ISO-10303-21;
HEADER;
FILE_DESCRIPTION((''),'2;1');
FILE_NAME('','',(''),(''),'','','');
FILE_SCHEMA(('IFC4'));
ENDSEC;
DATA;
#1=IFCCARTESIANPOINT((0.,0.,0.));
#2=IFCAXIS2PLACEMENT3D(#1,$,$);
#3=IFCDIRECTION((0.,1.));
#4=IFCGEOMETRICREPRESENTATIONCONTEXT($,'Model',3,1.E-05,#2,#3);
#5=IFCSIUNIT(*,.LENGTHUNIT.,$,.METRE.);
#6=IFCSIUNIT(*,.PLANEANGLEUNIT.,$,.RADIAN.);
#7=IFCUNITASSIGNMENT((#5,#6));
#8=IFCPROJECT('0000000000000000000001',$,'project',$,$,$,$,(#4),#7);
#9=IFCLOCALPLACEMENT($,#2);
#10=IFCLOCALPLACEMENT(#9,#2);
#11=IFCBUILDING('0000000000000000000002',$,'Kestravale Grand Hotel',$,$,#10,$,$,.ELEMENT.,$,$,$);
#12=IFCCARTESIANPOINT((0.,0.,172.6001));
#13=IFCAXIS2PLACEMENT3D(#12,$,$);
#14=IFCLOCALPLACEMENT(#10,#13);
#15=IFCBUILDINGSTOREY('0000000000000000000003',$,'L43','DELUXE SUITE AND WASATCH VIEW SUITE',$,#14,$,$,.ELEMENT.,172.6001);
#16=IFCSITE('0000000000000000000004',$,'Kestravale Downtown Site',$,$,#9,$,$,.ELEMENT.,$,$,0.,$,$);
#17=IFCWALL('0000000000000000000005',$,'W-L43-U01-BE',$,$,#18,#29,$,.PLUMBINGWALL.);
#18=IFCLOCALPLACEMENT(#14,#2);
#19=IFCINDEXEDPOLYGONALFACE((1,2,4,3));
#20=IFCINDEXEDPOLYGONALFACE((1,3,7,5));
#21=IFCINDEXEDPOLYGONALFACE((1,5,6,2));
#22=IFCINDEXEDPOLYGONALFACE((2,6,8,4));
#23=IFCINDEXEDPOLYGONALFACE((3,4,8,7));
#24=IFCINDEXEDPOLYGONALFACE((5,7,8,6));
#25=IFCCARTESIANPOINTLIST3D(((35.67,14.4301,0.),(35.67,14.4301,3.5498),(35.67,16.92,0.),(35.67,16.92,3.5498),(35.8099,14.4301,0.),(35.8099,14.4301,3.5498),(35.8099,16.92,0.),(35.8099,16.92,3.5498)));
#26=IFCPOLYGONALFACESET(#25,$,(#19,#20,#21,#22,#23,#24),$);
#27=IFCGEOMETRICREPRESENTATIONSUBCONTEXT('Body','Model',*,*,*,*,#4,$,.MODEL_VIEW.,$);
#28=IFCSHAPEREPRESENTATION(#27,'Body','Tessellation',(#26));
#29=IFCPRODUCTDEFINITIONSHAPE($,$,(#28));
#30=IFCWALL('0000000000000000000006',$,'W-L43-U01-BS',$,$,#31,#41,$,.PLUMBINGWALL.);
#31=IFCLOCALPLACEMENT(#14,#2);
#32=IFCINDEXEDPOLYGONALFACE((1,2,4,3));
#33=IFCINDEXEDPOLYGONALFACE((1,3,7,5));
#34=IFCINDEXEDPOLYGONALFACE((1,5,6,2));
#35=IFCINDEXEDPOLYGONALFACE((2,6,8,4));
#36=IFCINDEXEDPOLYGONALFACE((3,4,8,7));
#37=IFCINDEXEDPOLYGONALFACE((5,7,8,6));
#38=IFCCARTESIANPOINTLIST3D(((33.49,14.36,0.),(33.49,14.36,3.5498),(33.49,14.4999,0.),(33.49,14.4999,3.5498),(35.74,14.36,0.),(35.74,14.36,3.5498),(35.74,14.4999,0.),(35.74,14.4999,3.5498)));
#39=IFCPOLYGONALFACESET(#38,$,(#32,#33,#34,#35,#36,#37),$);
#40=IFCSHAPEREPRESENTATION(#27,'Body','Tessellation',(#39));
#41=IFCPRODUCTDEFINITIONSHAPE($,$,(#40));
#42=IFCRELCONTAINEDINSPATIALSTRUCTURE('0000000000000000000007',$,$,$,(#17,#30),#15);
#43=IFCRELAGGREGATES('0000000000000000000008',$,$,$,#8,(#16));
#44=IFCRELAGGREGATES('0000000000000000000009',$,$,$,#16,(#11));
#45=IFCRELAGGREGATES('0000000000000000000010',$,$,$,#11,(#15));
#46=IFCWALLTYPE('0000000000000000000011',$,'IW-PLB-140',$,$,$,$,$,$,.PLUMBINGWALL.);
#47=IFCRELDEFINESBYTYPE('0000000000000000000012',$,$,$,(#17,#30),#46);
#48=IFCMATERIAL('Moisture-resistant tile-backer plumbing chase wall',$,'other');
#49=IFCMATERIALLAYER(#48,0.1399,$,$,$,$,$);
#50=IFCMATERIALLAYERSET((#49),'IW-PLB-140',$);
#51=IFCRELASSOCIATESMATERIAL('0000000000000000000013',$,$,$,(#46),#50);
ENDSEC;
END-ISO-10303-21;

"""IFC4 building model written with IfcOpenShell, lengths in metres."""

from ifc_helpers import new_model, si_unit, direction, frame, frame_2d, origin, place, context, subcontext, project, spatial, rectangle, extrude, material, layer, layer_set, type_object, element, save


model = new_model("IFC4")

# Units and contexts
model_context = context("Model", 3, precision=1e-05, world=origin(), true_north=direction((0.0, 1.0)))
body_context = subcontext(model_context, "Body", "Model", "MODEL_VIEW")
ifc_project = project(units=[si_unit("LENGTHUNIT", "METRE"), si_unit("PLANEANGLEUNIT", "RADIAN")], contexts=[model_context])

# Site, building, storey
site_placement = place(None, origin())
site = spatial("IfcSite", under=ifc_project, at=site_placement, Name="Kestravale Downtown Site", CompositionType="ELEMENT", RefElevation=0.0)
building_placement = place(site_placement, origin())
building = spatial("IfcBuilding", under=site, at=building_placement, Name="Kestravale Grand Hotel", CompositionType="ELEMENT")
storey_placement = place(building_placement, frame((0.0, 0.0, 172.6001)))
storey = spatial("IfcBuildingStorey", under=building, at=storey_placement, Name="L43", Description="DELUXE SUITE AND WASATCH VIEW SUITE", CompositionType="ELEMENT", Elevation=172.6001)

# Shared definitions
ifc_material_1 = material(Name="Moisture-resistant tile-backer plumbing chase wall", Category="other")
ifc_layer_1 = layer(ifc_material_1, 0.1399)
ifc_layer_set_1 = layer_set([ifc_layer_1], Name="IW-PLB-140")
wall_type_1 = type_object("IfcWallType", Name="IW-PLB-140", PredefinedType="PLUMBINGWALL", material=ifc_layer_set_1)

# Walls
wall_1_placement = place(storey_placement, frame((35.74, 14.4299, 0.0), z_axis=(0.0, 0.0, 1.0), x_axis=(0.0, 1.0, 0.0)))
element("IfcWall", 1, at=wall_1_placement, inside=storey, type_object=wall_type_1, Name="W-L43-U01-BE", PredefinedType="PLUMBINGWALL", context=body_context, shape_type="SweptSolid", body=[
    extrude(rectangle(XDim=2.49, YDim=0.1399, at=frame_2d((1.2451, 0.0))), origin(), (0.0, 0.0, 1.0), 3.5498),
])
wall_2_placement = place(storey_placement, frame((33.49, 14.4299, 0.0), z_axis=(0.0, 0.0, 1.0), x_axis=(1.0, 0.0, 0.0)))
element("IfcWall", 2, at=wall_2_placement, inside=storey, type_object=wall_type_1, Name="W-L43-U01-BS", PredefinedType="PLUMBINGWALL", context=body_context, shape_type="SweptSolid", body=[
    extrude(rectangle(XDim=2.25, YDim=0.1399, at=frame_2d((1.125, 0.0))), origin(), (0.0, 0.0, 1.0), 3.5498),
])

save(model, "model.ifc")
